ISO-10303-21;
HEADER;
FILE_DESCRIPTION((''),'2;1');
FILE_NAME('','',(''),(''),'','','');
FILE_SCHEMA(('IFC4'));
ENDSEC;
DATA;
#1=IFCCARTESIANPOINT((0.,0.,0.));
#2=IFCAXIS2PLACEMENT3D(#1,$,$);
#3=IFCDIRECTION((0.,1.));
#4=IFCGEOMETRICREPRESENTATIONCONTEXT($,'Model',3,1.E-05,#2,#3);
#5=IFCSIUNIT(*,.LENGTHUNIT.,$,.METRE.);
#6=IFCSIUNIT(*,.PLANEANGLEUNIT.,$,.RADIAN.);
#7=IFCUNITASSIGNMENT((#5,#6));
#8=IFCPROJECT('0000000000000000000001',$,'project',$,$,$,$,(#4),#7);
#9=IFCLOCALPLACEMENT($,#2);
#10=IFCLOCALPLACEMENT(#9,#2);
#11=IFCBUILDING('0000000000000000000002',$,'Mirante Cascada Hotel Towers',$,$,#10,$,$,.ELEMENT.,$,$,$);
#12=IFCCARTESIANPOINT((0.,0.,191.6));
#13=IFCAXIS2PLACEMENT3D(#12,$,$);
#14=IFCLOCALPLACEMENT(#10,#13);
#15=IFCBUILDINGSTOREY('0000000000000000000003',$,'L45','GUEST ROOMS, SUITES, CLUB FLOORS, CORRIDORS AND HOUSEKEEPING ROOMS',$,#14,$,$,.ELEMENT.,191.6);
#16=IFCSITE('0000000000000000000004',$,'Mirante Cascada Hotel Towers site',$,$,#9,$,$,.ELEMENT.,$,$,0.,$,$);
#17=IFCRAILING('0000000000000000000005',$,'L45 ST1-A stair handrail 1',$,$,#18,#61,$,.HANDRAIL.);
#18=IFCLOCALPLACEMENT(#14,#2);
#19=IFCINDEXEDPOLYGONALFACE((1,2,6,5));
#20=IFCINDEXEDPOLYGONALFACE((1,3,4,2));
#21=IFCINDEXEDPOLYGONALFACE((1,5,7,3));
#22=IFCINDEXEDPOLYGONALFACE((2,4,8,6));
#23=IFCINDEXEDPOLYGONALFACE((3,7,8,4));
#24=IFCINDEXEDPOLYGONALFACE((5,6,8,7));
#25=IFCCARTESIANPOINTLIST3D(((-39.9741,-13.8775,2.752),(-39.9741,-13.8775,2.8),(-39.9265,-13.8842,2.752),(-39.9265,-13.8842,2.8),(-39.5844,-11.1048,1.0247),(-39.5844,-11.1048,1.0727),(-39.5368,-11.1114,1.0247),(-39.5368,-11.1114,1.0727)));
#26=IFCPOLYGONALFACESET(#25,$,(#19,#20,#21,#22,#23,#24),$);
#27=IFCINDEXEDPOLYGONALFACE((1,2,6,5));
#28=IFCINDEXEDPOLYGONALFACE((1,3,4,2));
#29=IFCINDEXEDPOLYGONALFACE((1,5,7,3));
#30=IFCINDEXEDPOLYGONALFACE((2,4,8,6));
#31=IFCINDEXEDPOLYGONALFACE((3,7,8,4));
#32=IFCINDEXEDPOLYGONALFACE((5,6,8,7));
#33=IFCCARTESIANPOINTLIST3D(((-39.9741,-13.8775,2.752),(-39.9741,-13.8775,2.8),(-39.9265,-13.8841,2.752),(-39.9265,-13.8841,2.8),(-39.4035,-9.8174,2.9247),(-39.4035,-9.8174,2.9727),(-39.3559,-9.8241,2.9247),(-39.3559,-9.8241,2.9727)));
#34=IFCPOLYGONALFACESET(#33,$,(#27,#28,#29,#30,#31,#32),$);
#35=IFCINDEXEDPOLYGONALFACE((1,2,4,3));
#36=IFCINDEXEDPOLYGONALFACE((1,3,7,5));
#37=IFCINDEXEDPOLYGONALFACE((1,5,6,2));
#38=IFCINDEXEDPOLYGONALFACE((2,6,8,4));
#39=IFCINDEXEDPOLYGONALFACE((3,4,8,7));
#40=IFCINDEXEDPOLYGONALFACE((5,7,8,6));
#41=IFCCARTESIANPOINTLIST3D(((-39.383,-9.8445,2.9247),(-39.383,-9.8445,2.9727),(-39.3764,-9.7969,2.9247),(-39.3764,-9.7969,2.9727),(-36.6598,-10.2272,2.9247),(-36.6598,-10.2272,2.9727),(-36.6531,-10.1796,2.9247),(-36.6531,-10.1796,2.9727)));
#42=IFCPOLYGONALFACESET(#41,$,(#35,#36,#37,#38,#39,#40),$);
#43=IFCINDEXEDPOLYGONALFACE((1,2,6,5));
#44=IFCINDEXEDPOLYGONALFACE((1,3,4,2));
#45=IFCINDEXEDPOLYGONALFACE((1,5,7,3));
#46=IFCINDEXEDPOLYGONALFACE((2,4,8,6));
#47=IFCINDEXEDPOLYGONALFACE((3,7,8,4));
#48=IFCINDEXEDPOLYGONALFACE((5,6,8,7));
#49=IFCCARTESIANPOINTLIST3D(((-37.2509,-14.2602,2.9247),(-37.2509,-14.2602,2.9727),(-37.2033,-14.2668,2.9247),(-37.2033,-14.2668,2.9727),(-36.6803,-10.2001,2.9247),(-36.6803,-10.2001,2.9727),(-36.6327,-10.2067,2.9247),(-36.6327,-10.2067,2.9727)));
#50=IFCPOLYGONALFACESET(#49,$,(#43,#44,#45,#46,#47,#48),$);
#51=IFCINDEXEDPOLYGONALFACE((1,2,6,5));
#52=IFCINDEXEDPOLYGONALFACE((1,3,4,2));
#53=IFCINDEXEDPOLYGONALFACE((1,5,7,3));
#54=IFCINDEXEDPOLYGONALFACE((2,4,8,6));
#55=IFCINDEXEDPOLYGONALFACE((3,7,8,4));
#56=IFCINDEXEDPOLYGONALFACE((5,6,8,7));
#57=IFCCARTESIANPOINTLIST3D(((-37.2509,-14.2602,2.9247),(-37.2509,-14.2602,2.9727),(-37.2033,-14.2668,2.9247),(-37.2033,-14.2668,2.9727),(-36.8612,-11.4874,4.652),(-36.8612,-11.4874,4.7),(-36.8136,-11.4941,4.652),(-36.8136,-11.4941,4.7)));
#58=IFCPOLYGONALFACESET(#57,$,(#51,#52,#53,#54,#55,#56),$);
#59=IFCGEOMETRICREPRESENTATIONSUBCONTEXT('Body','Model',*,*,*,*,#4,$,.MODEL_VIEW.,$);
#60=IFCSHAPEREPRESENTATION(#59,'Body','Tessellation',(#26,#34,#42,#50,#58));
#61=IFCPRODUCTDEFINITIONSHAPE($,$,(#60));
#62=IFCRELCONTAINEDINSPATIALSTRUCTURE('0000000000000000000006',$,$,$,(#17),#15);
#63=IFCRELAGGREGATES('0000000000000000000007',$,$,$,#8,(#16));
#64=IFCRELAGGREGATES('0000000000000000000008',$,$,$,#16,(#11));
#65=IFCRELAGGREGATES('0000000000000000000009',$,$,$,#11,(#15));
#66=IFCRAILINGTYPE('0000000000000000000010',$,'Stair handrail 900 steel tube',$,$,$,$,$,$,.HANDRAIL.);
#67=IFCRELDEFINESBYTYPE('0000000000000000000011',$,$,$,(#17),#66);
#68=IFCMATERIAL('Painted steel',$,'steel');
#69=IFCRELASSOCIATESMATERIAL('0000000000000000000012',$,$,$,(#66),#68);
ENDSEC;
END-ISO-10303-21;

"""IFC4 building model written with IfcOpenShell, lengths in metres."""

from ifc_helpers import new_model, si_unit, direction, frame, origin, origin_2d, place, context, subcontext, project, spatial, rectangle, extrude, material, type_object, element, save


model = new_model("IFC4")

# Units and contexts
model_context = context("Model", 3, precision=1e-05, world=origin(), true_north=direction((0.0, 1.0)))
body_context = subcontext(model_context, "Body", "Model", "MODEL_VIEW")
ifc_project = project(units=[si_unit("LENGTHUNIT", "METRE"), si_unit("PLANEANGLEUNIT", "RADIAN")], contexts=[model_context])

# Site, building, storey
site_placement = place(None, origin())
site = spatial("IfcSite", under=ifc_project, at=site_placement, Name="Mirante Cascada Hotel Towers site", CompositionType="ELEMENT", RefElevation=0.0)
building_placement = place(site_placement, origin())
building = spatial("IfcBuilding", under=site, at=building_placement, Name="Mirante Cascada Hotel Towers", CompositionType="ELEMENT")
storey_placement = place(building_placement, frame((0.0, 0.0, 191.6)))
storey = spatial("IfcBuildingStorey", under=building, at=storey_placement, Name="L45", Description="GUEST ROOMS, SUITES, CLUB FLOORS, CORRIDORS AND HOUSEKEEPING ROOMS", CompositionType="ELEMENT", Elevation=191.6)

# Railing
ifc_material_1 = material(Name="Painted steel", Category="steel")
railing_type_1 = type_object("IfcRailingType", Name="Stair handrail 900 steel tube", PredefinedType="HANDRAIL", material=ifc_material_1)
railing_1_placement = place(storey_placement, frame((-39.5606, -11.1081, 0.1727)))
element("IfcRailing", 1, at=railing_1_placement, inside=storey, type_object=railing_type_1, Name="L45 ST1-A stair handrail 1", PredefinedType="HANDRAIL", context=body_context, shape_type="SweptSolid", body=[
    extrude(rectangle(XDim=0.048, YDim=0.048, at=origin_2d()), frame((0.0, 0.0, 0.876), z_axis=(-0.139181, -0.990267, 0.0), x_axis=(0.990267, -0.139181, 0.0)), (0.0, 0.525035, 0.851081), 3.2899),
    extrude(rectangle(XDim=0.048, YDim=0.048, at=origin_2d()), frame((-0.3897, -2.7727, 2.6033), z_axis=(0.139171, 0.990268, 0.0), x_axis=(-0.990268, 0.139171, 0.0)), (0.0, 0.042085, 0.999114), 4.1036),
    extrude(rectangle(XDim=0.048, YDim=0.048, at=origin_2d()), frame((0.1809, 1.2874, 2.776), z_axis=(0.990269, -0.139166, 0.0), x_axis=(0.139166, 0.990269, 0.0)), (0.0, 0.0, 1.0), 2.75),
    extrude(rectangle(XDim=0.048, YDim=0.048, at=origin_2d()), frame((2.9041, 0.9047, 2.776), z_axis=(-0.139171, -0.990268, 0.0), x_axis=(0.990268, -0.139171, 0.0)), (0.0, 0.0, 1.0), 4.1),
    extrude(rectangle(XDim=0.048, YDim=0.048, at=origin_2d()), frame((2.3335, -3.1554, 2.776), z_axis=(0.139181, 0.990267, 0.0), x_axis=(-0.990267, 0.139181, 0.0)), (0.0, 0.525035, 0.851081), 3.2899),
])

save(model, "model.ifc")
